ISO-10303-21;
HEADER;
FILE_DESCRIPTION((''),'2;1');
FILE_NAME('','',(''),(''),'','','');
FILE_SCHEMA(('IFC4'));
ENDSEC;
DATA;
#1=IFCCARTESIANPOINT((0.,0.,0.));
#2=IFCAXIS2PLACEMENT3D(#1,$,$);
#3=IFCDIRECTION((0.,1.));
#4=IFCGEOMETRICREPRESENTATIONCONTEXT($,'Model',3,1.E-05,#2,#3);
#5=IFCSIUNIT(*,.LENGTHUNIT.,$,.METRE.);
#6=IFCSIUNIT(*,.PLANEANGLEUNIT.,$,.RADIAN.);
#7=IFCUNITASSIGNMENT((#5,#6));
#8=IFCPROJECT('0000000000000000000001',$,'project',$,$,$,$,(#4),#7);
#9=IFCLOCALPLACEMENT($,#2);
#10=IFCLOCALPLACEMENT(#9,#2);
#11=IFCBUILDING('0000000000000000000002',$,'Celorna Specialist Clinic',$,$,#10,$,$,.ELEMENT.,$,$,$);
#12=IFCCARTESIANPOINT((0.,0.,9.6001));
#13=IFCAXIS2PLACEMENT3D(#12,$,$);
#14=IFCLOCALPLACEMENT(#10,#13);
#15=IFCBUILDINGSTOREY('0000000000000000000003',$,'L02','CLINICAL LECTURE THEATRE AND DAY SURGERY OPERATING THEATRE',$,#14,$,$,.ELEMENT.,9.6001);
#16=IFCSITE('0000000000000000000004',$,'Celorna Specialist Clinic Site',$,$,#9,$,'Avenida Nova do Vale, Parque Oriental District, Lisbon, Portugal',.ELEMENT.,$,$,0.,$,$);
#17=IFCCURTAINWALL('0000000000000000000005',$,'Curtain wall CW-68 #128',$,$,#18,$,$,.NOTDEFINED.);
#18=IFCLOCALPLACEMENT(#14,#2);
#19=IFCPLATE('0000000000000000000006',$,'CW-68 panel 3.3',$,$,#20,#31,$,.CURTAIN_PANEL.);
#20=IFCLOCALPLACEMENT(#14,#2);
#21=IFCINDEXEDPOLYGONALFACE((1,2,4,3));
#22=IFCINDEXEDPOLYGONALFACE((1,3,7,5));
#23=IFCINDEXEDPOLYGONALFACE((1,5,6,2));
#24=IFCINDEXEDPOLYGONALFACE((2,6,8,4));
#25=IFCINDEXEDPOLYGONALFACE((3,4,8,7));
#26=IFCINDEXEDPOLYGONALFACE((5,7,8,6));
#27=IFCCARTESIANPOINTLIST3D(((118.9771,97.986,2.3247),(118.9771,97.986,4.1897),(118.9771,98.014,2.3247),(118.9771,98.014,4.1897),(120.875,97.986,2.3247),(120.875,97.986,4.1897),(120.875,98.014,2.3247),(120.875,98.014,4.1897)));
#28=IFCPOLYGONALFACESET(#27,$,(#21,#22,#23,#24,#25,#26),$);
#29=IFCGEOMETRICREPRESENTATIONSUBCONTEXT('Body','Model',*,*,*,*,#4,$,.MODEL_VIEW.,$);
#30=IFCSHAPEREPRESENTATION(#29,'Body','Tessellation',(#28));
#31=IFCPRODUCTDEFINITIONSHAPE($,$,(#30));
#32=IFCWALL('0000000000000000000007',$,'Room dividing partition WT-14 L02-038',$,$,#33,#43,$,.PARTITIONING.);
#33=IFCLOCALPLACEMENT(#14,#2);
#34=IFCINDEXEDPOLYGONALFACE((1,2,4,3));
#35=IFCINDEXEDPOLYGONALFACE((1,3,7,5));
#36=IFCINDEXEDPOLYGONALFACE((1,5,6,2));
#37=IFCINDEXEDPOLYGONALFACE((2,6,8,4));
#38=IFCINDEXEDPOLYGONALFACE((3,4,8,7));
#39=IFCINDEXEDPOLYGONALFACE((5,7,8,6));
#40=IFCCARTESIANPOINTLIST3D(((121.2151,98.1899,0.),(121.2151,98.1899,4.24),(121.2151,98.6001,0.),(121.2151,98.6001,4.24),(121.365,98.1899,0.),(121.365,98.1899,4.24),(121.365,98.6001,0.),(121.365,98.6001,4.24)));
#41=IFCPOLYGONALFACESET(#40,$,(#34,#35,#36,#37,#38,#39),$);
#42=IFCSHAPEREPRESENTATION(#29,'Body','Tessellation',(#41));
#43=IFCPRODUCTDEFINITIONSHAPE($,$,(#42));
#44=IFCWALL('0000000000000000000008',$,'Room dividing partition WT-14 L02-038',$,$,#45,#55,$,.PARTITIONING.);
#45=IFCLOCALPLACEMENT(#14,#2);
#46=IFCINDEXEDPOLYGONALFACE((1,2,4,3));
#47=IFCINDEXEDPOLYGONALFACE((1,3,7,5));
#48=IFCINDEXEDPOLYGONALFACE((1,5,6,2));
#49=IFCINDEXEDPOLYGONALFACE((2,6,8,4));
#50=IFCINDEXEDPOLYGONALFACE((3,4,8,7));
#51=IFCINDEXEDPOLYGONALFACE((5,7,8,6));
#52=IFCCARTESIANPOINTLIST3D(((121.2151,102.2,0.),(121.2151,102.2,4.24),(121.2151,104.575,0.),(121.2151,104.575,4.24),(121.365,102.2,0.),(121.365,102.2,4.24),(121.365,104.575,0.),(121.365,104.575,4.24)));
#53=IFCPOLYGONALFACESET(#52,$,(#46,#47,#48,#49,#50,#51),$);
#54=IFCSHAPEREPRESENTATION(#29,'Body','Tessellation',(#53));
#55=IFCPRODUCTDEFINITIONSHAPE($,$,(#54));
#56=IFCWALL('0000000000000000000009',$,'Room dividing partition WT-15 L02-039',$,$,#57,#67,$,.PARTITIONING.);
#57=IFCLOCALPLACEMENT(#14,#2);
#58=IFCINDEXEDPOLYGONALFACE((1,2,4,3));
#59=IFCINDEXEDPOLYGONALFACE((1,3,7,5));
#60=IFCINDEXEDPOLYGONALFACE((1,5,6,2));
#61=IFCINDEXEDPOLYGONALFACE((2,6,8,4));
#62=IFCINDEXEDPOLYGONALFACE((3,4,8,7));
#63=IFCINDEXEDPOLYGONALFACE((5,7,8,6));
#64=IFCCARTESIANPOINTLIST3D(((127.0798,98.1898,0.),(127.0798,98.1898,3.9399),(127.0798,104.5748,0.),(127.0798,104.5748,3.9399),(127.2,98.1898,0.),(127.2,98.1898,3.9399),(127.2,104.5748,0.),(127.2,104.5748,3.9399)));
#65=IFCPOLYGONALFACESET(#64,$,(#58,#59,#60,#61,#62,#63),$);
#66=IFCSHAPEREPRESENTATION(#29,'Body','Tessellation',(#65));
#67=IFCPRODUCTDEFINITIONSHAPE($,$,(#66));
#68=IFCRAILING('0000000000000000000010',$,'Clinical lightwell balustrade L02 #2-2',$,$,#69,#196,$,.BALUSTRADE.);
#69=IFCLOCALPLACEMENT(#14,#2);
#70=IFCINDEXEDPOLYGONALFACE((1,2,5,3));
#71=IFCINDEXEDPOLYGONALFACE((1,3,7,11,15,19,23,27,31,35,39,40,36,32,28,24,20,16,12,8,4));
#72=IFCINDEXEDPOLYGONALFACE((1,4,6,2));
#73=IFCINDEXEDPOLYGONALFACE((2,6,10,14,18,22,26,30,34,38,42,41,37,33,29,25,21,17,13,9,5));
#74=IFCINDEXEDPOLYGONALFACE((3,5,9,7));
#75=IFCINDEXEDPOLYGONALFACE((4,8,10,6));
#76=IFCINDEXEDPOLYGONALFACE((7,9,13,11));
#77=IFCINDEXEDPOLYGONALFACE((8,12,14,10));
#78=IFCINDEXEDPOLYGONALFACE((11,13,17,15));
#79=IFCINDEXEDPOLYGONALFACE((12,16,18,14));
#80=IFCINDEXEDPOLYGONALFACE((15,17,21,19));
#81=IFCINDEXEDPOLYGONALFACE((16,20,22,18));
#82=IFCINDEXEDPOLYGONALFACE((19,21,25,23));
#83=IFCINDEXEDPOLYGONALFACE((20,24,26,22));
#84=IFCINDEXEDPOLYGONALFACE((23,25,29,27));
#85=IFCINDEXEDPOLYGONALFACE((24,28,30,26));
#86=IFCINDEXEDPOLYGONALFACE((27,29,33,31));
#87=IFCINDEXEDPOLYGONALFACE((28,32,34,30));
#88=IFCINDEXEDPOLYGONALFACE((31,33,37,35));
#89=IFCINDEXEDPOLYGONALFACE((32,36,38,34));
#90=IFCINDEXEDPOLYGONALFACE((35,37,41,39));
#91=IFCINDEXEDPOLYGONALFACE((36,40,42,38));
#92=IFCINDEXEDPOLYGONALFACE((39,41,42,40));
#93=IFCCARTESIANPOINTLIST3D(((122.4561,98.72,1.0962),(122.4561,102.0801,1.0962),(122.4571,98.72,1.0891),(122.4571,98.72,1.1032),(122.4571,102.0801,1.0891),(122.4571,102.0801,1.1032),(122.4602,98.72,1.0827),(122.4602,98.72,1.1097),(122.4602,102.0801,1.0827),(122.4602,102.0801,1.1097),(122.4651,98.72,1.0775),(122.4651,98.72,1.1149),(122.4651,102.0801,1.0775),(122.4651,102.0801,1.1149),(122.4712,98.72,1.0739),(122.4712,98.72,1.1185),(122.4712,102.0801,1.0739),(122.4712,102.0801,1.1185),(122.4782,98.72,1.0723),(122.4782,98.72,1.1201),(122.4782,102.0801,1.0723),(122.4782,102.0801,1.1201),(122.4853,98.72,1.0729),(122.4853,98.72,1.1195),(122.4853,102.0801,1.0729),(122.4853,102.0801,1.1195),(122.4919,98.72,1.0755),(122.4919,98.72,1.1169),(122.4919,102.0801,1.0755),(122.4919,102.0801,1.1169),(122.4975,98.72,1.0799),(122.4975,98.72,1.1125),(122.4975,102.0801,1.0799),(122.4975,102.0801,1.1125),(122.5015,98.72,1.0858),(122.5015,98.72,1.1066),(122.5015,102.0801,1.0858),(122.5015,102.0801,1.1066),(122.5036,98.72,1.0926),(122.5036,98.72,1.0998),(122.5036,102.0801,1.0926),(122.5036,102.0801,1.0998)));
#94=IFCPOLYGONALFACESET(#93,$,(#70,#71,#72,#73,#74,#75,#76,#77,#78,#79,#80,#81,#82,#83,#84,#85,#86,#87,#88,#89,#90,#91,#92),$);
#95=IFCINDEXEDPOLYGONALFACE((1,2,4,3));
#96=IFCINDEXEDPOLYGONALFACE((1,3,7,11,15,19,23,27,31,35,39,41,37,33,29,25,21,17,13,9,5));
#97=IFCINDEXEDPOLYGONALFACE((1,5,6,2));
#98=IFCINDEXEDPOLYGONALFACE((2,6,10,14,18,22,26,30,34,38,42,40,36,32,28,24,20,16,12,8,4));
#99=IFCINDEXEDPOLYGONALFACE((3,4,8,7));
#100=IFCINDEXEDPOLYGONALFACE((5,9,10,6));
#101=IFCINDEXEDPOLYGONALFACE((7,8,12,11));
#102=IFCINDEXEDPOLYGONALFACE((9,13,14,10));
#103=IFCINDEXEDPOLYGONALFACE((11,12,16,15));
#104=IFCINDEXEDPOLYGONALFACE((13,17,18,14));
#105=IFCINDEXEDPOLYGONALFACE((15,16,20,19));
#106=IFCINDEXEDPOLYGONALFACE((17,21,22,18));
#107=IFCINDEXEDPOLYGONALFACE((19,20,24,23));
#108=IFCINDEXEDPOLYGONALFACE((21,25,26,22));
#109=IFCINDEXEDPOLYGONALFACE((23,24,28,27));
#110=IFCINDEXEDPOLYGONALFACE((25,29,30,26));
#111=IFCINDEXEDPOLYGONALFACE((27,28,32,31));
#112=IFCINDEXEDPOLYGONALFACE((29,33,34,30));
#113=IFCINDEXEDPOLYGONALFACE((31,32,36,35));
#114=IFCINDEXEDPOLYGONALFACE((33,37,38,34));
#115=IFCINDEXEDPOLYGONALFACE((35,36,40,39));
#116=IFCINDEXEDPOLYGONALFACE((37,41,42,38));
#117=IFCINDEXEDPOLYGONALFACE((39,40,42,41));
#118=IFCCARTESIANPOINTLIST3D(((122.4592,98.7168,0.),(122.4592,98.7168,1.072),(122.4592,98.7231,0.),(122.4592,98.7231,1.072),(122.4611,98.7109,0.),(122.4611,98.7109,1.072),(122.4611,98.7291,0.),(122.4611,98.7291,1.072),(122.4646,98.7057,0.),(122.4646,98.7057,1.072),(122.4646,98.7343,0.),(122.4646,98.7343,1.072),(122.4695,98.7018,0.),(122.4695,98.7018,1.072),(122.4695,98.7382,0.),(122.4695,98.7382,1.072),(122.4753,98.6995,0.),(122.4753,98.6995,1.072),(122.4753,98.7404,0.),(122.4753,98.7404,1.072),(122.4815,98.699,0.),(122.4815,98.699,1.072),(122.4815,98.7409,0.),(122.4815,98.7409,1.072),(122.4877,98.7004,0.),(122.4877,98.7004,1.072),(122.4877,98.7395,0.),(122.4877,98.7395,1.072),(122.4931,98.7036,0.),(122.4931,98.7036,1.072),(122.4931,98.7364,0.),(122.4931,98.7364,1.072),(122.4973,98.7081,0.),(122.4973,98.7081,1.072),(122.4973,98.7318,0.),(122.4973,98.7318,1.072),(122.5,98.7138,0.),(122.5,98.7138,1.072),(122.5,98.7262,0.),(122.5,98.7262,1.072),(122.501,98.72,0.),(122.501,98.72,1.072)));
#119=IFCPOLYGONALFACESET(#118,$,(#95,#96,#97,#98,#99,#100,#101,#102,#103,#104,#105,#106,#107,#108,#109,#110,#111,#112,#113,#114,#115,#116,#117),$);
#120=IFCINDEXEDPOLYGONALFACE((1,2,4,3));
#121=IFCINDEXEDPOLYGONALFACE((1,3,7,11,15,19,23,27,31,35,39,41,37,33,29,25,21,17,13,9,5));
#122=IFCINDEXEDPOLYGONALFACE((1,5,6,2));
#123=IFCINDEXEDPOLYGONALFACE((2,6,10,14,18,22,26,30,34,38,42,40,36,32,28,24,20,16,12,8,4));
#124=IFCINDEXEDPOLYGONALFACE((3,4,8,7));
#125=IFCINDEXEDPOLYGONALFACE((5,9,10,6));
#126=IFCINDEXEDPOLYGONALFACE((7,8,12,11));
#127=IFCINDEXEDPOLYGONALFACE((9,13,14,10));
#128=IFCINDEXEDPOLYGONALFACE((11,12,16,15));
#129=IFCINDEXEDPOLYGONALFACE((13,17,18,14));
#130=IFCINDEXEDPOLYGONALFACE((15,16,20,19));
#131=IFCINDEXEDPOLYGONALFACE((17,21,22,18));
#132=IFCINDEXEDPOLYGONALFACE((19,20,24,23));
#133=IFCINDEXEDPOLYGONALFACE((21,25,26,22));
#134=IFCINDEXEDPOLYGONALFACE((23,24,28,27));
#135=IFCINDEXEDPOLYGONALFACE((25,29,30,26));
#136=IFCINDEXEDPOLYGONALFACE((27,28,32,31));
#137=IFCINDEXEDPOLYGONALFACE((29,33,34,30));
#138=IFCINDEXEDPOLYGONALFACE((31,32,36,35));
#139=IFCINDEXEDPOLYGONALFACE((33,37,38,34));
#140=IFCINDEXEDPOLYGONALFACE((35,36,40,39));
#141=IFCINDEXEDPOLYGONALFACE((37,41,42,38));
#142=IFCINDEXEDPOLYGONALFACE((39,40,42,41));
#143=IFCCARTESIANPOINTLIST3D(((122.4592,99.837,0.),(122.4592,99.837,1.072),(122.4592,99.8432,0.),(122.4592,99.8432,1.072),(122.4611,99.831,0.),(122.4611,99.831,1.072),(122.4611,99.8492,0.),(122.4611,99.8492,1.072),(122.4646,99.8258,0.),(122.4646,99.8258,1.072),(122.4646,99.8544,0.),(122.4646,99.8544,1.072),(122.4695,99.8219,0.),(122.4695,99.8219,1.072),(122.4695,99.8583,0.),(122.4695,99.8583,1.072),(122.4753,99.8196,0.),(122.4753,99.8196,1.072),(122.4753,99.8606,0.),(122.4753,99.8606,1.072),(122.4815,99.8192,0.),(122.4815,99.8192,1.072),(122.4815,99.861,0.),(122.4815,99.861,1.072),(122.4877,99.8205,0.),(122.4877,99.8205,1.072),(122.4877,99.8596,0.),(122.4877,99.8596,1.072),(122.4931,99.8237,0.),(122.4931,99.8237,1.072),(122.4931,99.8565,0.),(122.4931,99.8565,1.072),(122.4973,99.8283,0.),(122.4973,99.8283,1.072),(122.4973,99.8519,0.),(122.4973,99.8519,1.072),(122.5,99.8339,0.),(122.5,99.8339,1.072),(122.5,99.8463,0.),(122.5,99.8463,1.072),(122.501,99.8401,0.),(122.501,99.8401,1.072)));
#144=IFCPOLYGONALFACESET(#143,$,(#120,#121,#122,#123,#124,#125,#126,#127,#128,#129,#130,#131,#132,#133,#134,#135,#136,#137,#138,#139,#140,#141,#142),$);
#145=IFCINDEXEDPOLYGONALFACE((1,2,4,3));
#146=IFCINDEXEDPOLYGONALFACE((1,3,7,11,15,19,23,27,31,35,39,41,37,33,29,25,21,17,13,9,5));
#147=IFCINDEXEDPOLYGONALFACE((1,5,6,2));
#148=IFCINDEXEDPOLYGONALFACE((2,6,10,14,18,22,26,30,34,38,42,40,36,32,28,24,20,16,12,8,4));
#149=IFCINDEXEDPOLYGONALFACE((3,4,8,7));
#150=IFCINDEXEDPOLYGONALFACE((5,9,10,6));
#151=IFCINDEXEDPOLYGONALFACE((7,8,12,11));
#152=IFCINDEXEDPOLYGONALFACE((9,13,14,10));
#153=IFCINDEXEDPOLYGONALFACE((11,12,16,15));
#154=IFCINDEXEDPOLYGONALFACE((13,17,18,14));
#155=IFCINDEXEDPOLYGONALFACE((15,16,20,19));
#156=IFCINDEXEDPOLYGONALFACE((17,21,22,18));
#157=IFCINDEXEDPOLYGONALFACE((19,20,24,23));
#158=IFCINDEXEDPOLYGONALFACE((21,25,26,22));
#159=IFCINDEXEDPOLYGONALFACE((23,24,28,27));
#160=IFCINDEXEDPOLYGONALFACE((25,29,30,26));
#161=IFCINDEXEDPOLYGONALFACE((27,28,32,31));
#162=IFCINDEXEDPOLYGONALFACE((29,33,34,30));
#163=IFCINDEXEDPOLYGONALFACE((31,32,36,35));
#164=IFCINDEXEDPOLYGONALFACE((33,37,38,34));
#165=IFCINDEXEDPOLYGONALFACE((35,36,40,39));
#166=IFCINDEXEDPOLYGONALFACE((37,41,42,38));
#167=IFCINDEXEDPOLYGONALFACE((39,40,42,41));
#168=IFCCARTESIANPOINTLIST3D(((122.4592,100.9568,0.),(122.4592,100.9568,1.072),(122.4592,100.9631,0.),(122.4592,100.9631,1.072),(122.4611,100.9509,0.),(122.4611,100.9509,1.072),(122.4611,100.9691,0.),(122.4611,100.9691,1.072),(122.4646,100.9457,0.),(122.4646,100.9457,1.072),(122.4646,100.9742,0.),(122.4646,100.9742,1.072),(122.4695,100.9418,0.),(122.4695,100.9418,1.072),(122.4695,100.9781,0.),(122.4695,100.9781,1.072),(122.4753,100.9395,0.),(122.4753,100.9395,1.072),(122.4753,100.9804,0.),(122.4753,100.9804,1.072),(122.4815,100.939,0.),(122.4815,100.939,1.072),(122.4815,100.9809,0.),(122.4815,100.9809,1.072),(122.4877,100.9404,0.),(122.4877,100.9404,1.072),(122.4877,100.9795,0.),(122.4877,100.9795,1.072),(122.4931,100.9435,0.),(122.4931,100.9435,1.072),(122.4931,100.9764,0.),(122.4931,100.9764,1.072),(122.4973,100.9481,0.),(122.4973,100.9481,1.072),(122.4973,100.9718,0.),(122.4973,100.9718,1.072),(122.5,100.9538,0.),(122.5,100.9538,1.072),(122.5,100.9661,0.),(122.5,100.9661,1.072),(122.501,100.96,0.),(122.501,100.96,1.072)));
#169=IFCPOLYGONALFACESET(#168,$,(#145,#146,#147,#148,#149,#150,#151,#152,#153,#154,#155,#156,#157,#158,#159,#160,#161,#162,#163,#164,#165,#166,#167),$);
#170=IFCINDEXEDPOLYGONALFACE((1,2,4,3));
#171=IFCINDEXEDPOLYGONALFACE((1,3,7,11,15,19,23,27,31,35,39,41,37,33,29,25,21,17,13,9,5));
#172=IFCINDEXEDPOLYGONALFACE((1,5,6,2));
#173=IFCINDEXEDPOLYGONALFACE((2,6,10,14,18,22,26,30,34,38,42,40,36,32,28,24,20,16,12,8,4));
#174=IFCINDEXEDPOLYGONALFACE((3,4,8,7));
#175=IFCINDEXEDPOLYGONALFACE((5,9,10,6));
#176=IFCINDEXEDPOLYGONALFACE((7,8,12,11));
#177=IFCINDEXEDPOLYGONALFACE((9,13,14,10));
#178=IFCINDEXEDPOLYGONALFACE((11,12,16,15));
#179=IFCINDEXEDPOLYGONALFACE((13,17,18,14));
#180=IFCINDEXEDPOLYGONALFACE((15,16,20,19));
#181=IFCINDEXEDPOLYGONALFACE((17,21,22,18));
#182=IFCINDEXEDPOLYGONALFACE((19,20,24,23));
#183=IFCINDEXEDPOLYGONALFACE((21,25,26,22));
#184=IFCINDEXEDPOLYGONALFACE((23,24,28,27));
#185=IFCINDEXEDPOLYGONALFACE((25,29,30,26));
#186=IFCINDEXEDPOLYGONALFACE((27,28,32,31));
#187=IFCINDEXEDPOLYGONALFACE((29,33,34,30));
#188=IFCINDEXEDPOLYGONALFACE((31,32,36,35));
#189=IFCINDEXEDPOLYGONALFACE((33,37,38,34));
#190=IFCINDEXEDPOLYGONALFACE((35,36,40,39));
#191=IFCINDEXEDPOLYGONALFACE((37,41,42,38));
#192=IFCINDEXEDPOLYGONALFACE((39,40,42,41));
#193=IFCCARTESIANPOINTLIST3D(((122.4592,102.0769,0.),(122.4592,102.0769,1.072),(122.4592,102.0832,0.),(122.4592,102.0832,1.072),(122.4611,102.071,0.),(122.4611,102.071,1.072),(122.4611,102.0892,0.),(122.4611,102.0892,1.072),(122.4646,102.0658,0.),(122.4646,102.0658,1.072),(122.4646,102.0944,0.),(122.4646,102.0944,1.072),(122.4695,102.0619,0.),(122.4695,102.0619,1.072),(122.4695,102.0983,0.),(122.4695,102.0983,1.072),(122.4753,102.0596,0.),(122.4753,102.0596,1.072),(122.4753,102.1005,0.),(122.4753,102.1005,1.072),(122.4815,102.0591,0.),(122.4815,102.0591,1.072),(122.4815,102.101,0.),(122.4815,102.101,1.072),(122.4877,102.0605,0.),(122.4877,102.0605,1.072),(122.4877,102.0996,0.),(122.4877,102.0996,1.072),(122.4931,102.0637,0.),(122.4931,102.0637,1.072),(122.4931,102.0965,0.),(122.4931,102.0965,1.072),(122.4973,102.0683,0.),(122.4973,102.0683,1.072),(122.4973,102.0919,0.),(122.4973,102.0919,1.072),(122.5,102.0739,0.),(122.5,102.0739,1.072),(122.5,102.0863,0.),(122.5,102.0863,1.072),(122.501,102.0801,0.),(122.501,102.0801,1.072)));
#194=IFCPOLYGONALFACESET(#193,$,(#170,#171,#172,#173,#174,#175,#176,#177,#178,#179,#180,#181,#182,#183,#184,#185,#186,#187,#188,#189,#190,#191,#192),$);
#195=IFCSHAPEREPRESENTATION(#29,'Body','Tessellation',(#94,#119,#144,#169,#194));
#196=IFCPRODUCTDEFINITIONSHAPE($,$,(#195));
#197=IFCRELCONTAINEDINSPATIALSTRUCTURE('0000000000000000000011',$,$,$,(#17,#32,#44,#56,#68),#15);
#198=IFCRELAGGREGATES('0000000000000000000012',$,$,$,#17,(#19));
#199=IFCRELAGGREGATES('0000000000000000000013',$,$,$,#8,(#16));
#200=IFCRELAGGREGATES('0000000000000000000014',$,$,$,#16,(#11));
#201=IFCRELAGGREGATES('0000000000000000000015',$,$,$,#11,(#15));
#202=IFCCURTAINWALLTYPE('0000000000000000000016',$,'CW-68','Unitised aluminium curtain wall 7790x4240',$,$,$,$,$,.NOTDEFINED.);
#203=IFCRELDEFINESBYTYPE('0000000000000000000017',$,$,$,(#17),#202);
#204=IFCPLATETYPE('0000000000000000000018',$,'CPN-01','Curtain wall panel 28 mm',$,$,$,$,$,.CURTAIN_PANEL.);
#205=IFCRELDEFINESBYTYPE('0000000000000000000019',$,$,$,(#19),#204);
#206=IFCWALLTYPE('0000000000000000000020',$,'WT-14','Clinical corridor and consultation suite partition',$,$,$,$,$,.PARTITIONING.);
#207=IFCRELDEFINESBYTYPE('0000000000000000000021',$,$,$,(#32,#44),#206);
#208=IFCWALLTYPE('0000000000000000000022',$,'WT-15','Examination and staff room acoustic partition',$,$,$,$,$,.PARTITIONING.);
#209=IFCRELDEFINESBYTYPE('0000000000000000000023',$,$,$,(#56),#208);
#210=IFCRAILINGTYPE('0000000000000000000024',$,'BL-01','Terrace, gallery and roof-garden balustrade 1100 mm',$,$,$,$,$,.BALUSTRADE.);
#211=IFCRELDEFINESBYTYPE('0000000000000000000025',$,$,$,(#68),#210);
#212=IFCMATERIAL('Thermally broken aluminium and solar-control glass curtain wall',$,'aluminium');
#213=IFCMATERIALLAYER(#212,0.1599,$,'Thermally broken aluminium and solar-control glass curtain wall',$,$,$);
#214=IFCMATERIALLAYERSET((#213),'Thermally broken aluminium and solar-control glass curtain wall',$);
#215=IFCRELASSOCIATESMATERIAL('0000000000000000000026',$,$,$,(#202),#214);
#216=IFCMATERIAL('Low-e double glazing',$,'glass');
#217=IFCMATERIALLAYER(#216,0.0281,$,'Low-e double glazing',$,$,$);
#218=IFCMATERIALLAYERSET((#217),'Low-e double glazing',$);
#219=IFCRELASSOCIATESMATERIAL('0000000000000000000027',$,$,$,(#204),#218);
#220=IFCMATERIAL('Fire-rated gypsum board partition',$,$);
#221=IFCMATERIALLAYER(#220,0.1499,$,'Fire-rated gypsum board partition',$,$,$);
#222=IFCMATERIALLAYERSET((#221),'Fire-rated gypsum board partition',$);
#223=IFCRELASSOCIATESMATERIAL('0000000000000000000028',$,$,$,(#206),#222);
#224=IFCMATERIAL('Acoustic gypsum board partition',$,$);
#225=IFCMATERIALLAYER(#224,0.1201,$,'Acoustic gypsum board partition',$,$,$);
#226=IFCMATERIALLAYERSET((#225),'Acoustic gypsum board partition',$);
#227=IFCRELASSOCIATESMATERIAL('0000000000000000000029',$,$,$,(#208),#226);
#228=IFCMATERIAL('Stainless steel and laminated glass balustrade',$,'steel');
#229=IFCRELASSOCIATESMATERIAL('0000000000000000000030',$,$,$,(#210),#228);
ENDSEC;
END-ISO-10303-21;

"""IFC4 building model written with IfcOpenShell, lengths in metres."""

from ifc_helpers import new_model, si_unit, direction, frame, frame_2d, origin, origin_2d, place, context, subcontext, project, spatial, rectangle, circle, extrude, material, layer, layer_set, type_object, element, aggregate, save


model = new_model("IFC4")

# Units and contexts
model_context = context("Model", 3, precision=1e-05, world=origin(), true_north=direction((0.0, 1.0)))
body_context = subcontext(model_context, "Body", "Model", "MODEL_VIEW")
ifc_project = project(units=[si_unit("LENGTHUNIT", "METRE"), si_unit("PLANEANGLEUNIT", "RADIAN")], contexts=[model_context])

# Site, building, storey
site_placement = place(None, origin())
site = spatial("IfcSite", under=ifc_project, at=site_placement, Name="Celorna Specialist Clinic Site", LongName="Avenida Nova do Vale, Parque Oriental District, Lisbon, Portugal", CompositionType="ELEMENT", RefElevation=0.0)
building_placement = place(site_placement, origin())
building = spatial("IfcBuilding", under=site, at=building_placement, Name="Celorna Specialist Clinic", CompositionType="ELEMENT")
storey_placement = place(building_placement, frame((0.0, 0.0, 9.6001)))
storey = spatial("IfcBuildingStorey", under=building, at=storey_placement, Name="L02", Description="CLINICAL LECTURE THEATRE AND DAY SURGERY OPERATING THEATRE", CompositionType="ELEMENT", Elevation=9.6001)

# Curtain wall, plate
ifc_material_1 = material(Name="Thermally broken aluminium and solar-control glass curtain wall", Category="aluminium")
ifc_layer_1 = layer(ifc_material_1, 0.1599, Name="Thermally broken aluminium and solar-control glass curtain wall")
ifc_layer_set_1 = layer_set([ifc_layer_1], Name="Thermally broken aluminium and solar-control glass curtain wall")
curtain_wall_type = type_object("IfcCurtainWallType", Name="CW-68", Description="Unitised aluminium curtain wall 7790x4240", PredefinedType="NOTDEFINED", material=ifc_layer_set_1)
curtain_wall_placement = place(storey_placement, origin())
curtain_wall = element("IfcCurtainWall", 1, at=curtain_wall_placement, inside=storey, type_object=curtain_wall_type, Name="Curtain wall CW-68 #128", PredefinedType="NOTDEFINED")
ifc_material_2 = material(Name="Low-e double glazing", Category="glass")
ifc_layer_2 = layer(ifc_material_2, 0.0281, Name="Low-e double glazing")
ifc_layer_set_2 = layer_set([ifc_layer_2], Name="Low-e double glazing")
plate_type = type_object("IfcPlateType", Name="CPN-01", Description="Curtain wall panel 28 mm", PredefinedType="CURTAIN_PANEL", material=ifc_layer_set_2)
plate_1_placement = place(storey_placement, frame((119.926, 98.0, 2.3247), z_axis=(0.0, 0.0, 1.0), x_axis=(-1.0, 0.0, 0.0)))
plate_1 = element("IfcPlate", 2, at=plate_1_placement, type_object=plate_type, Name="CW-68 panel 3.3", PredefinedType="CURTAIN_PANEL", context=body_context, shape_type="SweptSolid", body=[
    extrude(rectangle(XDim=1.8979, YDim=0.0281, at=origin_2d()), origin(), (0.0, 0.0, 1.0), 1.865),
])
aggregate(curtain_wall, [plate_1])

# Walls
ifc_material_3 = material(Name="Fire-rated gypsum board partition")
ifc_layer_3 = layer(ifc_material_3, 0.1499, Name="Fire-rated gypsum board partition")
ifc_layer_set_3 = layer_set([ifc_layer_3], Name="Fire-rated gypsum board partition")
wall_type_1 = type_object("IfcWallType", Name="WT-14", Description="Clinical corridor and consultation suite partition", PredefinedType="PARTITIONING", material=ifc_layer_set_3)
wall_1_placement = place(storey_placement, frame((121.29, 98.1899, 0.0), z_axis=(0.0, 0.0, 1.0), x_axis=(0.0, 1.0, 0.0)))
element("IfcWall", 3, at=wall_1_placement, inside=storey, type_object=wall_type_1, Name="Room dividing partition WT-14 L02-038", PredefinedType="PARTITIONING", context=body_context, shape_type="SweptSolid", body=[
    extrude(rectangle(XDim=0.4102, YDim=0.1499, at=frame_2d((0.2051, 0.0))), origin(), (0.0, 0.0, 1.0), 4.24),
])
wall_2_placement = place(storey_placement, frame((121.29, 102.2, 0.0), z_axis=(0.0, 0.0, 1.0), x_axis=(0.0, 1.0, 0.0)))
element("IfcWall", 4, at=wall_2_placement, inside=storey, type_object=wall_type_1, Name="Room dividing partition WT-14 L02-038", PredefinedType="PARTITIONING", context=body_context, shape_type="SweptSolid", body=[
    extrude(rectangle(XDim=2.375, YDim=0.1499, at=frame_2d((1.1875, 0.0))), origin(), (0.0, 0.0, 1.0), 4.24),
])
ifc_material_4 = material(Name="Acoustic gypsum board partition")
ifc_layer_4 = layer(ifc_material_4, 0.1201, Name="Acoustic gypsum board partition")
ifc_layer_set_4 = layer_set([ifc_layer_4], Name="Acoustic gypsum board partition")
wall_type_2 = type_object("IfcWallType", Name="WT-15", Description="Examination and staff room acoustic partition", PredefinedType="PARTITIONING", material=ifc_layer_set_4)
wall_3_placement = place(storey_placement, frame((127.1399, 98.1899, 0.0), z_axis=(0.0, 0.0, 1.0), x_axis=(0.0, 1.0, 0.0)))
element("IfcWall", 5, at=wall_3_placement, inside=storey, type_object=wall_type_2, Name="Room dividing partition WT-15 L02-039", PredefinedType="PARTITIONING", context=body_context, shape_type="SweptSolid", body=[
    extrude(rectangle(XDim=6.385, YDim=0.1201, at=frame_2d((3.1924, 0.0))), origin(), (0.0, 0.0, 1.0), 3.9399),
])

# Railing
ifc_material_5 = material(Name="Stainless steel and laminated glass balustrade", Category="steel")
railing_type = type_object("IfcRailingType", Name="BL-01", Description="Terrace, gallery and roof-garden balustrade 1100 mm", PredefinedType="BALUSTRADE", material=ifc_material_5)
railing_1_placement = place(storey_placement, frame((122.48, 98.72, 0.0)))
element("IfcRailing", 6, at=railing_1_placement, inside=storey, type_object=railing_type, Name="Clinical lightwell balustrade L02 #2-2", PredefinedType="BALUSTRADE", context=body_context, shape_type="SweptSolid", body=[
    extrude(circle(Radius=0.0239, at=origin_2d()), frame((0.0, 0.0, 1.0962), z_axis=(0.0, 1.0, 0.0), x_axis=(-1.0, 0.0, 0.0)), (0.0, 0.0, 1.0), 3.3601),
    extrude(circle(Radius=0.021, at=origin_2d()), origin(), (0.0, 0.0, 1.0), 1.072),
    extrude(circle(Radius=0.021, at=origin_2d()), frame((0.0, 1.1201, 0.0)), (0.0, 0.0, 1.0), 1.072),
    extrude(circle(Radius=0.021, at=origin_2d()), frame((0.0, 2.24, 0.0)), (0.0, 0.0, 1.0), 1.072),
    extrude(circle(Radius=0.021, at=origin_2d()), frame((0.0, 3.3601, 0.0)), (0.0, 0.0, 1.0), 1.072),
])

save(model, "model.ifc")
